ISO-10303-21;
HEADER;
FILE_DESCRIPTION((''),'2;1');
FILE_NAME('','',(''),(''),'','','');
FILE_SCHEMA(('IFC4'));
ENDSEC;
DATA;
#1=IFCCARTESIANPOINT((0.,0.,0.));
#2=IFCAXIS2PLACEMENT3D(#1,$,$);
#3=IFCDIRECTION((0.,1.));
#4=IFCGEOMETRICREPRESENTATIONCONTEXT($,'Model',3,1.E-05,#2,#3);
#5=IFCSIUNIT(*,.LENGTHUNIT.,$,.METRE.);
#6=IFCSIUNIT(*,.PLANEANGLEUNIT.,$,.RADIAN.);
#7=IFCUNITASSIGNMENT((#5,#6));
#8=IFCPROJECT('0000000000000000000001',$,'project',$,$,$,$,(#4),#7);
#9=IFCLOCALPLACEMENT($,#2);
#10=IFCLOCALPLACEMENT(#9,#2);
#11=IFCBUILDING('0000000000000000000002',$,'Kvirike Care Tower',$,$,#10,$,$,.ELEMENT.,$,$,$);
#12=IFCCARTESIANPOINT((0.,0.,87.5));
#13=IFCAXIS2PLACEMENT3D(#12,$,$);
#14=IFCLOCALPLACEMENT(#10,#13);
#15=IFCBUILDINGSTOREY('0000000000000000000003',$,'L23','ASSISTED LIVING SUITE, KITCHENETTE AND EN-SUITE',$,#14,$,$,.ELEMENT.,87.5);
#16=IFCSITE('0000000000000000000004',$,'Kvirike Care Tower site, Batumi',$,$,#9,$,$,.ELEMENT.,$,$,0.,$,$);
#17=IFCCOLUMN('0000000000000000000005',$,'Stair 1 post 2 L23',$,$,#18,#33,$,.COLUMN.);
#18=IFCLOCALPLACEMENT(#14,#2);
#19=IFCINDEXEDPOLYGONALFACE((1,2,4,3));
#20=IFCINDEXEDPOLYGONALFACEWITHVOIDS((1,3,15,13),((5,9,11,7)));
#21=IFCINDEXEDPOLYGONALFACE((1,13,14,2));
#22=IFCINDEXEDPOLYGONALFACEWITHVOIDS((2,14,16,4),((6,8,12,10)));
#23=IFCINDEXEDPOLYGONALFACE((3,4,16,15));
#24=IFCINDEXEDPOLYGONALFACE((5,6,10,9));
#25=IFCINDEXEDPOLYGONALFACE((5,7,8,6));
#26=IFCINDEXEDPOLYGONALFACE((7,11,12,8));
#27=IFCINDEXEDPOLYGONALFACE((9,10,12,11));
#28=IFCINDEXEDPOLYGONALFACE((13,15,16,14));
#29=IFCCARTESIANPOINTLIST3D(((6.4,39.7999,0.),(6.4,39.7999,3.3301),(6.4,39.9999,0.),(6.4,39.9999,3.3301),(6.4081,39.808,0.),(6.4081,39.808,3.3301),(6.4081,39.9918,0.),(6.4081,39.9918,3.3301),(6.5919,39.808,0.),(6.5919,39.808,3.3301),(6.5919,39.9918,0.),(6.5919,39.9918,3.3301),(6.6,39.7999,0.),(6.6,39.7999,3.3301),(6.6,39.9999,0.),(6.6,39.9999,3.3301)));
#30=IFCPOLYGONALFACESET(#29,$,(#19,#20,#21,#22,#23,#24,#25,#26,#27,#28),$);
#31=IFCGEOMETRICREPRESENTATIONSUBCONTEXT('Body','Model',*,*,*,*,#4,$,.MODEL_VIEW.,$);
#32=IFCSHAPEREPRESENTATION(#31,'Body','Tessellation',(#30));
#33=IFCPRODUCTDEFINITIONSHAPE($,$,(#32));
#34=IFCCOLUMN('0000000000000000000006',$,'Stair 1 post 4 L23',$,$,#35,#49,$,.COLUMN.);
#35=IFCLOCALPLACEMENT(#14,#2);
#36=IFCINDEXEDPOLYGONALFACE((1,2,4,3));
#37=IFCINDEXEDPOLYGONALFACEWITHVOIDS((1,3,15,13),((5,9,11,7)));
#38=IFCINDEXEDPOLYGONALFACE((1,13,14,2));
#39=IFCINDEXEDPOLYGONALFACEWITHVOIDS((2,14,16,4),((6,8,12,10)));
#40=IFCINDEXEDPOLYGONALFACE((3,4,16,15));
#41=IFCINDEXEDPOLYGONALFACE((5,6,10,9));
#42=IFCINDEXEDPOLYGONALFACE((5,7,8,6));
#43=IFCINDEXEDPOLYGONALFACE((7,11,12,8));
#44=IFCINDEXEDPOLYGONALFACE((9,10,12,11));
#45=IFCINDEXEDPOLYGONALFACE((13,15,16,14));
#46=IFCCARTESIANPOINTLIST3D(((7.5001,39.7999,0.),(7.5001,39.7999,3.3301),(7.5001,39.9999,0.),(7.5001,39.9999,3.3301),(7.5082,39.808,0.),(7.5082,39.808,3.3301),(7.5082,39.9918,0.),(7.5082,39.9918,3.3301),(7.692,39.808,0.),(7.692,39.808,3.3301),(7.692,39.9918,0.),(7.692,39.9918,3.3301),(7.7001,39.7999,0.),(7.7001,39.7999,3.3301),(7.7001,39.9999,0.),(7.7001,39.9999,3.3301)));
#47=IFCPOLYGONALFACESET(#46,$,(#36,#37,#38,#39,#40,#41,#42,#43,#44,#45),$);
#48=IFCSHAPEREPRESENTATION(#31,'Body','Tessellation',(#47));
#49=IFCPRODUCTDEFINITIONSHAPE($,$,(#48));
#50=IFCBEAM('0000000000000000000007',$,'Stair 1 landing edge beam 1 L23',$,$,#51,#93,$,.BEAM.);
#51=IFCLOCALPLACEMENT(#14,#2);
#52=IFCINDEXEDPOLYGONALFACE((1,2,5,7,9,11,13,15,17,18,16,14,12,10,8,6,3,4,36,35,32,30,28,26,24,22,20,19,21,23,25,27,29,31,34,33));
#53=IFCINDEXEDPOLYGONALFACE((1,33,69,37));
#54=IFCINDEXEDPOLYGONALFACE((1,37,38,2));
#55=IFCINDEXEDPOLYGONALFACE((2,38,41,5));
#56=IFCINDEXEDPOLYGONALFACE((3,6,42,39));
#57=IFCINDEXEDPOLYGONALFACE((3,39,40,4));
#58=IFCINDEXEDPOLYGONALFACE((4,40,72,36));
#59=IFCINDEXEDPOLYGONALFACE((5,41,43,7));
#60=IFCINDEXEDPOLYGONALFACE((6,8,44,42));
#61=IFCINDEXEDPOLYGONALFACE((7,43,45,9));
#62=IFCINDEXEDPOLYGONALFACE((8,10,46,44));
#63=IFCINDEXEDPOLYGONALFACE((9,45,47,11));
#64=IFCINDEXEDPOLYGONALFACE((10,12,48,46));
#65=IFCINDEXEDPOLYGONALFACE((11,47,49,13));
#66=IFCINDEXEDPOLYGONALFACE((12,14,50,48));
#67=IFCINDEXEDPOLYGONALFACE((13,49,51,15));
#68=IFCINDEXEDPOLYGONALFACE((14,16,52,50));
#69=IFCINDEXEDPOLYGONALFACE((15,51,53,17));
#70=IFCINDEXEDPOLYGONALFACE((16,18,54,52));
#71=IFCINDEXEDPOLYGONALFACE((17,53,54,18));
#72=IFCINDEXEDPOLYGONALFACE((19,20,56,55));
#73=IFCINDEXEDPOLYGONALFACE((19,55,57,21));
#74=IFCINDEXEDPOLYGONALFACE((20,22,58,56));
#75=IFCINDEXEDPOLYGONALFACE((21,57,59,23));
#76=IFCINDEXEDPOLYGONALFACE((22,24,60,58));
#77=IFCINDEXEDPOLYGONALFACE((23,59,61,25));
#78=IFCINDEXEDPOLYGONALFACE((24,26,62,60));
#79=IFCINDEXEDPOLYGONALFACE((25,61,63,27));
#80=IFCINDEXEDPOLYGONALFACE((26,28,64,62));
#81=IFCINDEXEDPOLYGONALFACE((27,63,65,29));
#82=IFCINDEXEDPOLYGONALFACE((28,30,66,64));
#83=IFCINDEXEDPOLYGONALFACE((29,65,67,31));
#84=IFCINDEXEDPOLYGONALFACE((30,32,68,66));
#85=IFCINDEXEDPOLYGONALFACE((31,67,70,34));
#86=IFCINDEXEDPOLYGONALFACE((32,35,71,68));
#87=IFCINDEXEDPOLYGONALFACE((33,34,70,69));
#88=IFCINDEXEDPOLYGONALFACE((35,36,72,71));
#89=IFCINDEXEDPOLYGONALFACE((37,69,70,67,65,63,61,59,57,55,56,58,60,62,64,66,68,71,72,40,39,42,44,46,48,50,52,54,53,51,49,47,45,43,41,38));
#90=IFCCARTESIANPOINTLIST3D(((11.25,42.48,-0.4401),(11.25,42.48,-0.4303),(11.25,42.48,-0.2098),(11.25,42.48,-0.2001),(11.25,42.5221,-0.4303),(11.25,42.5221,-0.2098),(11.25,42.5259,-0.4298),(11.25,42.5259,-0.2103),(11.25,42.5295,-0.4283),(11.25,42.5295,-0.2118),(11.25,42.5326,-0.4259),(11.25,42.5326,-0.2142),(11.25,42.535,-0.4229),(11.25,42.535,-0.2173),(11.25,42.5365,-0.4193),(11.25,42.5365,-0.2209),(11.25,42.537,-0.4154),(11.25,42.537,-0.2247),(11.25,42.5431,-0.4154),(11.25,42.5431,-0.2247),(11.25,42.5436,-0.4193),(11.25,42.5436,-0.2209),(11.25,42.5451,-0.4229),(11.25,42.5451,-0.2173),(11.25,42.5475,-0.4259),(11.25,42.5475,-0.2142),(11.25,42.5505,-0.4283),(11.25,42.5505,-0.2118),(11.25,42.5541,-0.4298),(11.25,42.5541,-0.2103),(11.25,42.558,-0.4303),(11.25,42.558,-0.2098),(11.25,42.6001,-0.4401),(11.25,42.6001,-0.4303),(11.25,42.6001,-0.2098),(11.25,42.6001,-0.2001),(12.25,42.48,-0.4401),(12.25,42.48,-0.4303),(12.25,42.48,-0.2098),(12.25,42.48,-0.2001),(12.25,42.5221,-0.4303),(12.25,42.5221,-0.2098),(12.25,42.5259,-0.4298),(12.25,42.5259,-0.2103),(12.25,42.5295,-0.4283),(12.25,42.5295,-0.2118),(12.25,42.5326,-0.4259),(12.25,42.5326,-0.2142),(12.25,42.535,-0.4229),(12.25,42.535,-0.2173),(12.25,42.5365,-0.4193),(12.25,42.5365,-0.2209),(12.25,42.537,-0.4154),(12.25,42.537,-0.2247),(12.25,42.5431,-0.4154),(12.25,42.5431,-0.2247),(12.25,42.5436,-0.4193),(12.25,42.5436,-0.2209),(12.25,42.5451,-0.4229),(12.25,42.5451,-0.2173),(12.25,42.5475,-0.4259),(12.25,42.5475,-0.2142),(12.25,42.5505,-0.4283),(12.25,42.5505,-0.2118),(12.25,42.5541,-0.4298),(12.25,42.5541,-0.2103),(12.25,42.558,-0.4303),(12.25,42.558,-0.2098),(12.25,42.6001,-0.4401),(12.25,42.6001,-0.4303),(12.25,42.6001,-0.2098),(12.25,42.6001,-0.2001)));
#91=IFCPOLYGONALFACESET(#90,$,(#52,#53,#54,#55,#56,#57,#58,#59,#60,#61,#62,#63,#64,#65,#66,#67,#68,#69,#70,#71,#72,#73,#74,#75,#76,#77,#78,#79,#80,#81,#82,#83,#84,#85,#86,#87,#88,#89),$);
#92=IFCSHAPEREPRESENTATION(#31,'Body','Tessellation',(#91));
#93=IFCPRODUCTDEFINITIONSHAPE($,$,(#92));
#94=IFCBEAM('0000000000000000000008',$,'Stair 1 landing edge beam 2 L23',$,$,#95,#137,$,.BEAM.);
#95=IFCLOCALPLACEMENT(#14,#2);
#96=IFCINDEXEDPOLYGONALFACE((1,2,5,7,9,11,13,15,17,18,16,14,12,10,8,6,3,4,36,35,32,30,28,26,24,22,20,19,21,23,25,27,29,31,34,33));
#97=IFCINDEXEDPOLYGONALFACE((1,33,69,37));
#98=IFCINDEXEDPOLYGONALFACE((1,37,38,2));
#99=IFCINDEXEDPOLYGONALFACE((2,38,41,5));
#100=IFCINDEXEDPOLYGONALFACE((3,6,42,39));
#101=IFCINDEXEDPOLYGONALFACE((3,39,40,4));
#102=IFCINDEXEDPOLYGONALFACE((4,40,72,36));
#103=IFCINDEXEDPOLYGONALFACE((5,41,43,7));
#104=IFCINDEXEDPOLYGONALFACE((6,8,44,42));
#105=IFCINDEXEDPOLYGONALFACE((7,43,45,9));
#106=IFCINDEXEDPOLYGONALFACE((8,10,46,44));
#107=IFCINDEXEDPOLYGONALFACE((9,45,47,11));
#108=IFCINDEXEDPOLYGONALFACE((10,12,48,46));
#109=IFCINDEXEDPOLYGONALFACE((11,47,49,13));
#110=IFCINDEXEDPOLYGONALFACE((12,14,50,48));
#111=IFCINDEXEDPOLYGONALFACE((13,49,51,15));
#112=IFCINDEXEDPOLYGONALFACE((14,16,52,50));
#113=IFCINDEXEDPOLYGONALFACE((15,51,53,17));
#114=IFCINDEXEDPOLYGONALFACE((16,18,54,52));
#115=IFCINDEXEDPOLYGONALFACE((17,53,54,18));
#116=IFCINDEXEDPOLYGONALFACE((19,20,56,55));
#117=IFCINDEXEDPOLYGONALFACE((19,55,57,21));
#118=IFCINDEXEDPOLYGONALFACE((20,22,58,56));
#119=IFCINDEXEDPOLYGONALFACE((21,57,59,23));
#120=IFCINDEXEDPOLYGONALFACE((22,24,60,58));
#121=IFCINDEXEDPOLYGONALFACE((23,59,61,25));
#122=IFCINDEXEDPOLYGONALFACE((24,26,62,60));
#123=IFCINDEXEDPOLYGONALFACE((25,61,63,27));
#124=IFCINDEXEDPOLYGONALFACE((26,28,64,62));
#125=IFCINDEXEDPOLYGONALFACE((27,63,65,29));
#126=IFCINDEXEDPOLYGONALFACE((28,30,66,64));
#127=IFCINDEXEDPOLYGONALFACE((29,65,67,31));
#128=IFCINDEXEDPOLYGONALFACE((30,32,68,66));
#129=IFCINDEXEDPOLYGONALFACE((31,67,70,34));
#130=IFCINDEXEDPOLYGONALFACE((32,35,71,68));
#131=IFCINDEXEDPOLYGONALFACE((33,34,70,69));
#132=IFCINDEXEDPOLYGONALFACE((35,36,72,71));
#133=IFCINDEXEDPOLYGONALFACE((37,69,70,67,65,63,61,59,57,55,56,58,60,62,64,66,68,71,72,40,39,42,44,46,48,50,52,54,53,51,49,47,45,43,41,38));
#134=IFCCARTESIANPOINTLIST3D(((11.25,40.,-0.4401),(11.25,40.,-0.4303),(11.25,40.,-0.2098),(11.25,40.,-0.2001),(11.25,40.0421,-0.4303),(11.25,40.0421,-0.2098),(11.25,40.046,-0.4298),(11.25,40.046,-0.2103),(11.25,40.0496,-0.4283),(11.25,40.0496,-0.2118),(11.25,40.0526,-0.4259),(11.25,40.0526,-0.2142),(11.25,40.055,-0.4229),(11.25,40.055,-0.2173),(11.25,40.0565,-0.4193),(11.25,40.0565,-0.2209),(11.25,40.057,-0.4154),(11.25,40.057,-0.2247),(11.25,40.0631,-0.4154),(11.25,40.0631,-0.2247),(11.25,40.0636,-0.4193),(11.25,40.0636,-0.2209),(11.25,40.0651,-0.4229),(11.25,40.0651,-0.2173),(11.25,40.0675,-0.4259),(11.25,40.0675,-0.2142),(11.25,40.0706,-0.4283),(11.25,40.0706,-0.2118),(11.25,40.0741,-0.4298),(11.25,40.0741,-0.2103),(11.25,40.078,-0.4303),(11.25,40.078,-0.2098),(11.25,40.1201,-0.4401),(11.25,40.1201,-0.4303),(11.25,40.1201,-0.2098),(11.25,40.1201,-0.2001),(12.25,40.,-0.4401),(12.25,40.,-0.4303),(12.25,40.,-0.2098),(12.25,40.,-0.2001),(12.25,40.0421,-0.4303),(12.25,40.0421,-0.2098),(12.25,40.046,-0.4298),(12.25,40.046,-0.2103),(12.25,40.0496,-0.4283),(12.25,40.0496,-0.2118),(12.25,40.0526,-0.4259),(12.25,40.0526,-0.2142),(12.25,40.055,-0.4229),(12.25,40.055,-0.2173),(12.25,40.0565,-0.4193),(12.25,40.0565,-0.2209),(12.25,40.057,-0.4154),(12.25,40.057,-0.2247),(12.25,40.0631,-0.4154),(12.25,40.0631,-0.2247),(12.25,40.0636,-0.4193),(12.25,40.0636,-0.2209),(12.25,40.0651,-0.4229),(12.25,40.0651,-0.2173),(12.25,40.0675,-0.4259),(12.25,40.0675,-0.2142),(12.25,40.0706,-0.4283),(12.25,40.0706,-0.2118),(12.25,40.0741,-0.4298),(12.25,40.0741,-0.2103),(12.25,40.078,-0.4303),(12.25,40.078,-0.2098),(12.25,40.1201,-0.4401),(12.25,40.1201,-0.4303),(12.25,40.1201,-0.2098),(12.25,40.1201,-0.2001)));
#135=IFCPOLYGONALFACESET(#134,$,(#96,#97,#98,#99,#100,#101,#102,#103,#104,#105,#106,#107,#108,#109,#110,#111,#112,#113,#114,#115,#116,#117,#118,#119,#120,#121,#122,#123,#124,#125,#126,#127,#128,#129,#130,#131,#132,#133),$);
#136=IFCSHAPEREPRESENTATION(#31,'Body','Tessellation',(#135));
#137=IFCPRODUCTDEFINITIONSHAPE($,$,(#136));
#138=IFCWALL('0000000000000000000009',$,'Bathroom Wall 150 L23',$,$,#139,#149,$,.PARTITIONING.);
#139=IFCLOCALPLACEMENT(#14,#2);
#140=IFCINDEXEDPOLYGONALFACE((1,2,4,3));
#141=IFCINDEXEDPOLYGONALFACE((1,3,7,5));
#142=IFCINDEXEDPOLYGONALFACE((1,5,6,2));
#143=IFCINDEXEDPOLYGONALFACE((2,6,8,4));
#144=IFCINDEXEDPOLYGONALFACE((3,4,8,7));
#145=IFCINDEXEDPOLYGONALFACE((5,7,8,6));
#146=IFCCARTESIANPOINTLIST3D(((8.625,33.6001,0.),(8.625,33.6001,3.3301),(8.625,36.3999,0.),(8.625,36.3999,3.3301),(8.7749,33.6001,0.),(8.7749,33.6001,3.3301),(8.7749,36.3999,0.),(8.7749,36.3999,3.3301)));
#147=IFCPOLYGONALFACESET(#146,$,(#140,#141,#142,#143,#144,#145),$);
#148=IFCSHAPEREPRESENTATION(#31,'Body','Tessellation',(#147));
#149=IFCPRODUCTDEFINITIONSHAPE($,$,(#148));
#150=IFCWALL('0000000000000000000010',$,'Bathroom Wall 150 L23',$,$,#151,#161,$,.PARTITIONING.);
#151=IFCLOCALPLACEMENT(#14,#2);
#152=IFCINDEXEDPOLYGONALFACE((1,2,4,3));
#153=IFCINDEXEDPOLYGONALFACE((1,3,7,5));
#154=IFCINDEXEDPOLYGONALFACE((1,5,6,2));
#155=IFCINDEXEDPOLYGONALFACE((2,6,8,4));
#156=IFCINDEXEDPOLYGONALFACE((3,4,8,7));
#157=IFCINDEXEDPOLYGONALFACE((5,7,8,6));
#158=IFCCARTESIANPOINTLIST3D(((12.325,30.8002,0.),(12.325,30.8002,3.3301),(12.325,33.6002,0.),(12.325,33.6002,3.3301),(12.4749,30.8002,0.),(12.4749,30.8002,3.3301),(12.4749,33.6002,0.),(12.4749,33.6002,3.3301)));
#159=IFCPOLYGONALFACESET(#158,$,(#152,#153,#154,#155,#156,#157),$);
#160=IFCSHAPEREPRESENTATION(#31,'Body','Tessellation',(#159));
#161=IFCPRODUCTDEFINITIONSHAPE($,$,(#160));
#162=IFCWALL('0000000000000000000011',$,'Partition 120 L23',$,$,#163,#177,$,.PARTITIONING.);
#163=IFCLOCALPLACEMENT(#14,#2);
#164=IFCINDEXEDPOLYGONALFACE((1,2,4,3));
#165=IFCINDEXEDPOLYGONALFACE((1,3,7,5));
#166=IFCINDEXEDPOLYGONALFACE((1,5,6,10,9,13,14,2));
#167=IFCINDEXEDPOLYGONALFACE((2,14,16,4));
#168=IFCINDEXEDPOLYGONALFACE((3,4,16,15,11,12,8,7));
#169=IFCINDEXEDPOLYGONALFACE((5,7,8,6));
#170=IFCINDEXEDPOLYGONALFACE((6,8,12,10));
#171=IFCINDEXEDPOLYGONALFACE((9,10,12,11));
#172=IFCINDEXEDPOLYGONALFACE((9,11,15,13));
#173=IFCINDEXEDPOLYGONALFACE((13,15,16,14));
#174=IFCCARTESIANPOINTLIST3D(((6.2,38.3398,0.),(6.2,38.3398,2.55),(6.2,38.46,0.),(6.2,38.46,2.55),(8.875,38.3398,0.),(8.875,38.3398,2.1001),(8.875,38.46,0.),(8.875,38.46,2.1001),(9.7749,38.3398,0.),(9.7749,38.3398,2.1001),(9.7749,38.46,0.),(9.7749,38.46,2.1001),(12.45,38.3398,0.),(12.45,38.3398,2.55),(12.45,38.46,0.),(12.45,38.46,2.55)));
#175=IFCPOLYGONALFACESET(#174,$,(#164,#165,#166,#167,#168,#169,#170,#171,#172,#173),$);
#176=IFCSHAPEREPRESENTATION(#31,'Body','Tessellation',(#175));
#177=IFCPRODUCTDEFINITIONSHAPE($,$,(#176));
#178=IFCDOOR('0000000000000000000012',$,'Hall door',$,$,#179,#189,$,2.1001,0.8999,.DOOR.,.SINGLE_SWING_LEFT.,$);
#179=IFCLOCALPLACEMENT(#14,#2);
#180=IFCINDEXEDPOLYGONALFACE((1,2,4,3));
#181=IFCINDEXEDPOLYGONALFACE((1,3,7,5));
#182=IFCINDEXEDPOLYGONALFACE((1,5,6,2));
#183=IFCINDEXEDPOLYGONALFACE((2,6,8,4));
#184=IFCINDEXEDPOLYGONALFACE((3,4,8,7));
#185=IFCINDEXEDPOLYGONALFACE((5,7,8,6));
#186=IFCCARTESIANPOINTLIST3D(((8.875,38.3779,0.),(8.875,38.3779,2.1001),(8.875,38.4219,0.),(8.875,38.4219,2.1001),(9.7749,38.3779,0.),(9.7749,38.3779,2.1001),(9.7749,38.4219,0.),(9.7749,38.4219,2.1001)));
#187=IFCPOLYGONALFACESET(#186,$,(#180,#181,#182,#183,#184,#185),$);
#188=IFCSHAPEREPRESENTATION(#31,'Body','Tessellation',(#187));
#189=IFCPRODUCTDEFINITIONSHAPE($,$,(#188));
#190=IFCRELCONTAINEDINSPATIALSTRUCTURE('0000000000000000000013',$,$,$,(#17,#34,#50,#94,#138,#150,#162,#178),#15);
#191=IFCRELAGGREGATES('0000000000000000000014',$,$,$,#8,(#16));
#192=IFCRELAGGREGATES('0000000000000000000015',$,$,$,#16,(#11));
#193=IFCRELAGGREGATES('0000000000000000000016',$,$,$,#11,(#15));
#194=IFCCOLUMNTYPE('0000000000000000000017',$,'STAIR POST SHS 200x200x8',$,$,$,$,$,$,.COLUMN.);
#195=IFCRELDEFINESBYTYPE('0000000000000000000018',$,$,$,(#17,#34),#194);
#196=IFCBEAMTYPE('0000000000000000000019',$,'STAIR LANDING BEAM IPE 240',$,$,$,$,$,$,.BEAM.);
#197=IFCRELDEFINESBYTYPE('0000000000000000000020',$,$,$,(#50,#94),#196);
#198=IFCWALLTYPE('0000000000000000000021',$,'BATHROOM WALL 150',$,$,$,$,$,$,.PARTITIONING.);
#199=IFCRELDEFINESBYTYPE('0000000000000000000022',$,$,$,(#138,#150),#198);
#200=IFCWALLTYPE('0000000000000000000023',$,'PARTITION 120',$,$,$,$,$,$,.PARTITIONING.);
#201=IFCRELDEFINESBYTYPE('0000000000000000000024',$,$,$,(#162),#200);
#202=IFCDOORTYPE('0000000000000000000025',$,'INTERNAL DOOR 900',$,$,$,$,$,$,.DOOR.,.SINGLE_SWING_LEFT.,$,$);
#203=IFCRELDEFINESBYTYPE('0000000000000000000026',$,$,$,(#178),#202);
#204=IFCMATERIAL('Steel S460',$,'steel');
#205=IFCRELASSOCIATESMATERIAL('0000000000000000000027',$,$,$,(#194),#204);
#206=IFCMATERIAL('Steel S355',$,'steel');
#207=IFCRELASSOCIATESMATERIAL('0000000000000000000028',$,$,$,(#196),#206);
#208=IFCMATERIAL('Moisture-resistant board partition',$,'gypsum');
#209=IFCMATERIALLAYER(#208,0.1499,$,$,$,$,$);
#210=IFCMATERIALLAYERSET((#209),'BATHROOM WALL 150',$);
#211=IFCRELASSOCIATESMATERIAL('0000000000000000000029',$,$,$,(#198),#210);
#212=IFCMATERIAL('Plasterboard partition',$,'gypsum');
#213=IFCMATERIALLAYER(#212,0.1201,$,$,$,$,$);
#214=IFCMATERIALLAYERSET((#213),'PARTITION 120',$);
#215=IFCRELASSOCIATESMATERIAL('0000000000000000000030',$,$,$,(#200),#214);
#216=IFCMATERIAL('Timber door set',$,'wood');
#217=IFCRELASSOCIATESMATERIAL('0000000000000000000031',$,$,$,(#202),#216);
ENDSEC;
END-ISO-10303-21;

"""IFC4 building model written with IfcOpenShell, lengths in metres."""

from ifc_helpers import new_model, si_unit, direction, frame, frame_2d, origin, origin_2d, place, context, subcontext, project, spatial, rectangle, hollow_rectangle, i_section, extrude, material, layer, layer_set, material_profile, profile_set, type_object, element, fill, save


model = new_model("IFC4")

# Units and contexts
model_context = context("Model", 3, precision=1e-05, world=origin(), true_north=direction((0.0, 1.0)))
body_context = subcontext(model_context, "Body", "Model", "MODEL_VIEW")
ifc_project = project(units=[si_unit("LENGTHUNIT", "METRE"), si_unit("PLANEANGLEUNIT", "RADIAN")], contexts=[model_context])

# Site, building, storey
site_placement = place(None, origin())
site = spatial("IfcSite", under=ifc_project, at=site_placement, Name="Kvirike Care Tower site, Batumi", CompositionType="ELEMENT", RefElevation=0.0)
building_placement = place(site_placement, origin())
building = spatial("IfcBuilding", under=site, at=building_placement, Name="Kvirike Care Tower", CompositionType="ELEMENT")
storey_placement = place(building_placement, frame((0.0, 0.0, 87.5)))
storey = spatial("IfcBuildingStorey", under=building, at=storey_placement, Name="L23", Description="ASSISTED LIVING SUITE, KITCHENETTE AND EN-SUITE", CompositionType="ELEMENT", Elevation=87.5)

# Columns
ifc_material_1 = material(Name="Steel S460", Category="steel")
ifc_material_profile_1 = material_profile(ifc_material_1, hollow_rectangle(XDim=0.2, YDim=0.2, WallThickness=0.0081, at=origin_2d()), Name="SHS 200x200x8")
ifc_profile_set_1 = profile_set([ifc_material_profile_1], Name="Steel S460")
column_type = type_object("IfcColumnType", Name="STAIR POST SHS 200x200x8", PredefinedType="COLUMN", material=ifc_profile_set_1)
for number, where, z_axis, x_axis, name in (
    (1, (6.5, 39.8999, 0.0), (0.0, 0.0, 1.0), (1.0, 0.0, 0.0), "Stair 1 post 2 L23"),
    (2, (7.6001, 39.8999, 0.0), (0.0, 0.0, 1.0), (1.0, 0.0, 0.0), "Stair 1 post 4 L23"),
):
    element("IfcColumn", number, at=place(storey_placement, frame(where, z_axis=z_axis, x_axis=x_axis)), inside=storey, type_object=column_type, Name=name, PredefinedType="COLUMN", context=body_context, shape_type="SweptSolid", body=[
        extrude(hollow_rectangle(XDim=0.2, YDim=0.2, WallThickness=0.0081, at=origin_2d()), origin(), (0.0, 0.0, 1.0), 3.3301),
    ])

# Beams
ifc_material_2 = material(Name="Steel S355", Category="steel")
ifc_material_profile_2 = material_profile(ifc_material_2, i_section(OverallWidth=0.1201, OverallDepth=0.24, WebThickness=0.0061, FlangeThickness=0.0098, FilletRadius=0.0149, at=origin_2d()), Name="IPE 240")
ifc_profile_set_2 = profile_set([ifc_material_profile_2], Name="Steel S355")
beam_type = type_object("IfcBeamType", Name="STAIR LANDING BEAM IPE 240", PredefinedType="BEAM", material=ifc_profile_set_2)
for number, where, z_axis, x_axis, name in (
    (3, (11.25, 42.54, -0.3201), (1.0, 0.0, 0.0), (0.0, 1.0, 0.0), "Stair 1 landing edge beam 1 L23"),
    (4, (11.25, 40.0601, -0.3201), (1.0, 0.0, 0.0), (0.0, 1.0, 0.0), "Stair 1 landing edge beam 2 L23"),
):
    element("IfcBeam", number, at=place(storey_placement, frame(where, z_axis=z_axis, x_axis=x_axis)), inside=storey, type_object=beam_type, Name=name, PredefinedType="BEAM", context=body_context, shape_type="SweptSolid", body=[
        extrude(i_section(OverallWidth=0.1201, OverallDepth=0.24, WebThickness=0.0061, FlangeThickness=0.0098, FilletRadius=0.0149, at=origin_2d()), origin(), (0.0, 0.0, 1.0), 1.0),
    ])

# Walls
ifc_material_3 = material(Name="Moisture-resistant board partition", Category="gypsum")
ifc_layer_1 = layer(ifc_material_3, 0.1499)
ifc_layer_set_1 = layer_set([ifc_layer_1], Name="BATHROOM WALL 150")
wall_type_1 = type_object("IfcWallType", Name="BATHROOM WALL 150", PredefinedType="PARTITIONING", material=ifc_layer_set_1)
wall_1_placement = place(storey_placement, frame((8.7, 36.3999, 0.0), z_axis=(0.0, 0.0, 1.0), x_axis=(0.0, -1.0, 0.0)))
element("IfcWall", 5, at=wall_1_placement, inside=storey, type_object=wall_type_1, Name="Bathroom Wall 150 L23", PredefinedType="PARTITIONING", context=body_context, shape_type="SweptSolid", body=[
    extrude(rectangle(XDim=2.7998, YDim=0.1499, at=frame_2d((1.3999, 0.0))), origin(), (0.0, 0.0, 1.0), 3.3301),
])
wall_2_placement = place(storey_placement, frame((12.3999, 33.6001, 0.0), z_axis=(0.0, 0.0, 1.0), x_axis=(0.0, -1.0, 0.0)))
element("IfcWall", 6, at=wall_2_placement, inside=storey, type_object=wall_type_1, Name="Bathroom Wall 150 L23", PredefinedType="PARTITIONING", context=body_context, shape_type="SweptSolid", body=[
    extrude(rectangle(XDim=2.8, YDim=0.1499, at=frame_2d((1.3999, 0.0))), origin(), (0.0, 0.0, 1.0), 3.3301),
])

# Wall, opening, door
ifc_material_4 = material(Name="Plasterboard partition", Category="gypsum")
ifc_layer_2 = layer(ifc_material_4, 0.1201)
ifc_layer_set_2 = layer_set([ifc_layer_2], Name="PARTITION 120")
wall_type_2 = type_object("IfcWallType", Name="PARTITION 120", PredefinedType="PARTITIONING", material=ifc_layer_set_2)
wall_3_placement = place(storey_placement, frame((6.2, 38.3999, 0.0), z_axis=(0.0, 0.0, 1.0), x_axis=(1.0, 0.0, 0.0)))
wall_3 = element("IfcWall", 7, at=wall_3_placement, inside=storey, type_object=wall_type_2, Name="Partition 120 L23", PredefinedType="PARTITIONING", context=body_context, shape_type="SweptSolid", body=[
    extrude(rectangle(XDim=6.25, YDim=0.1201, at=frame_2d((3.125, 0.0))), origin(), (0.0, 0.0, 1.0), 2.55),
])
opening_1_placement = place(wall_3_placement, frame((2.675, 0.0, 0.0)))
opening_1 = element("IfcOpeningElement", 8, at=opening_1_placement, cuts=wall_3, PredefinedType="OPENING", context=body_context, shape_type="SweptSolid", body=[
    extrude(rectangle(XDim=0.8999, YDim=2.1001, at=frame_2d((0.45, 1.05))), frame((0.0, 0.0706, 0.0), z_axis=(0.0, -1.0, 0.0), x_axis=(1.0, 0.0, 0.0)), (0.0, 0.0, 1.0), 0.1411),
])
ifc_material_5 = material(Name="Timber door set", Category="wood")
door_type_1 = type_object("IfcDoorType", Name="INTERNAL DOOR 900", OperationType="SINGLE_SWING_LEFT", PredefinedType="DOOR", material=ifc_material_5)
door_1_placement = place(opening_1_placement, origin())
door_1 = element("IfcDoor", 9, at=door_1_placement, inside=storey, type_object=door_type_1, Name="Hall door", OperationType="SINGLE_SWING_LEFT", OverallHeight=2.1001, OverallWidth=0.8999, PredefinedType="DOOR", context=body_context, shape_type="SweptSolid", body=[
    extrude(rectangle(XDim=0.8999, YDim=2.1001, at=frame_2d((0.45, 1.05))), frame((0.0, 0.022, 0.0), z_axis=(0.0, -1.0, 0.0), x_axis=(1.0, 0.0, 0.0)), (0.0, 0.0, 1.0), 0.0439),
])
fill(opening_1, door_1)

save(model, "model.ifc")
